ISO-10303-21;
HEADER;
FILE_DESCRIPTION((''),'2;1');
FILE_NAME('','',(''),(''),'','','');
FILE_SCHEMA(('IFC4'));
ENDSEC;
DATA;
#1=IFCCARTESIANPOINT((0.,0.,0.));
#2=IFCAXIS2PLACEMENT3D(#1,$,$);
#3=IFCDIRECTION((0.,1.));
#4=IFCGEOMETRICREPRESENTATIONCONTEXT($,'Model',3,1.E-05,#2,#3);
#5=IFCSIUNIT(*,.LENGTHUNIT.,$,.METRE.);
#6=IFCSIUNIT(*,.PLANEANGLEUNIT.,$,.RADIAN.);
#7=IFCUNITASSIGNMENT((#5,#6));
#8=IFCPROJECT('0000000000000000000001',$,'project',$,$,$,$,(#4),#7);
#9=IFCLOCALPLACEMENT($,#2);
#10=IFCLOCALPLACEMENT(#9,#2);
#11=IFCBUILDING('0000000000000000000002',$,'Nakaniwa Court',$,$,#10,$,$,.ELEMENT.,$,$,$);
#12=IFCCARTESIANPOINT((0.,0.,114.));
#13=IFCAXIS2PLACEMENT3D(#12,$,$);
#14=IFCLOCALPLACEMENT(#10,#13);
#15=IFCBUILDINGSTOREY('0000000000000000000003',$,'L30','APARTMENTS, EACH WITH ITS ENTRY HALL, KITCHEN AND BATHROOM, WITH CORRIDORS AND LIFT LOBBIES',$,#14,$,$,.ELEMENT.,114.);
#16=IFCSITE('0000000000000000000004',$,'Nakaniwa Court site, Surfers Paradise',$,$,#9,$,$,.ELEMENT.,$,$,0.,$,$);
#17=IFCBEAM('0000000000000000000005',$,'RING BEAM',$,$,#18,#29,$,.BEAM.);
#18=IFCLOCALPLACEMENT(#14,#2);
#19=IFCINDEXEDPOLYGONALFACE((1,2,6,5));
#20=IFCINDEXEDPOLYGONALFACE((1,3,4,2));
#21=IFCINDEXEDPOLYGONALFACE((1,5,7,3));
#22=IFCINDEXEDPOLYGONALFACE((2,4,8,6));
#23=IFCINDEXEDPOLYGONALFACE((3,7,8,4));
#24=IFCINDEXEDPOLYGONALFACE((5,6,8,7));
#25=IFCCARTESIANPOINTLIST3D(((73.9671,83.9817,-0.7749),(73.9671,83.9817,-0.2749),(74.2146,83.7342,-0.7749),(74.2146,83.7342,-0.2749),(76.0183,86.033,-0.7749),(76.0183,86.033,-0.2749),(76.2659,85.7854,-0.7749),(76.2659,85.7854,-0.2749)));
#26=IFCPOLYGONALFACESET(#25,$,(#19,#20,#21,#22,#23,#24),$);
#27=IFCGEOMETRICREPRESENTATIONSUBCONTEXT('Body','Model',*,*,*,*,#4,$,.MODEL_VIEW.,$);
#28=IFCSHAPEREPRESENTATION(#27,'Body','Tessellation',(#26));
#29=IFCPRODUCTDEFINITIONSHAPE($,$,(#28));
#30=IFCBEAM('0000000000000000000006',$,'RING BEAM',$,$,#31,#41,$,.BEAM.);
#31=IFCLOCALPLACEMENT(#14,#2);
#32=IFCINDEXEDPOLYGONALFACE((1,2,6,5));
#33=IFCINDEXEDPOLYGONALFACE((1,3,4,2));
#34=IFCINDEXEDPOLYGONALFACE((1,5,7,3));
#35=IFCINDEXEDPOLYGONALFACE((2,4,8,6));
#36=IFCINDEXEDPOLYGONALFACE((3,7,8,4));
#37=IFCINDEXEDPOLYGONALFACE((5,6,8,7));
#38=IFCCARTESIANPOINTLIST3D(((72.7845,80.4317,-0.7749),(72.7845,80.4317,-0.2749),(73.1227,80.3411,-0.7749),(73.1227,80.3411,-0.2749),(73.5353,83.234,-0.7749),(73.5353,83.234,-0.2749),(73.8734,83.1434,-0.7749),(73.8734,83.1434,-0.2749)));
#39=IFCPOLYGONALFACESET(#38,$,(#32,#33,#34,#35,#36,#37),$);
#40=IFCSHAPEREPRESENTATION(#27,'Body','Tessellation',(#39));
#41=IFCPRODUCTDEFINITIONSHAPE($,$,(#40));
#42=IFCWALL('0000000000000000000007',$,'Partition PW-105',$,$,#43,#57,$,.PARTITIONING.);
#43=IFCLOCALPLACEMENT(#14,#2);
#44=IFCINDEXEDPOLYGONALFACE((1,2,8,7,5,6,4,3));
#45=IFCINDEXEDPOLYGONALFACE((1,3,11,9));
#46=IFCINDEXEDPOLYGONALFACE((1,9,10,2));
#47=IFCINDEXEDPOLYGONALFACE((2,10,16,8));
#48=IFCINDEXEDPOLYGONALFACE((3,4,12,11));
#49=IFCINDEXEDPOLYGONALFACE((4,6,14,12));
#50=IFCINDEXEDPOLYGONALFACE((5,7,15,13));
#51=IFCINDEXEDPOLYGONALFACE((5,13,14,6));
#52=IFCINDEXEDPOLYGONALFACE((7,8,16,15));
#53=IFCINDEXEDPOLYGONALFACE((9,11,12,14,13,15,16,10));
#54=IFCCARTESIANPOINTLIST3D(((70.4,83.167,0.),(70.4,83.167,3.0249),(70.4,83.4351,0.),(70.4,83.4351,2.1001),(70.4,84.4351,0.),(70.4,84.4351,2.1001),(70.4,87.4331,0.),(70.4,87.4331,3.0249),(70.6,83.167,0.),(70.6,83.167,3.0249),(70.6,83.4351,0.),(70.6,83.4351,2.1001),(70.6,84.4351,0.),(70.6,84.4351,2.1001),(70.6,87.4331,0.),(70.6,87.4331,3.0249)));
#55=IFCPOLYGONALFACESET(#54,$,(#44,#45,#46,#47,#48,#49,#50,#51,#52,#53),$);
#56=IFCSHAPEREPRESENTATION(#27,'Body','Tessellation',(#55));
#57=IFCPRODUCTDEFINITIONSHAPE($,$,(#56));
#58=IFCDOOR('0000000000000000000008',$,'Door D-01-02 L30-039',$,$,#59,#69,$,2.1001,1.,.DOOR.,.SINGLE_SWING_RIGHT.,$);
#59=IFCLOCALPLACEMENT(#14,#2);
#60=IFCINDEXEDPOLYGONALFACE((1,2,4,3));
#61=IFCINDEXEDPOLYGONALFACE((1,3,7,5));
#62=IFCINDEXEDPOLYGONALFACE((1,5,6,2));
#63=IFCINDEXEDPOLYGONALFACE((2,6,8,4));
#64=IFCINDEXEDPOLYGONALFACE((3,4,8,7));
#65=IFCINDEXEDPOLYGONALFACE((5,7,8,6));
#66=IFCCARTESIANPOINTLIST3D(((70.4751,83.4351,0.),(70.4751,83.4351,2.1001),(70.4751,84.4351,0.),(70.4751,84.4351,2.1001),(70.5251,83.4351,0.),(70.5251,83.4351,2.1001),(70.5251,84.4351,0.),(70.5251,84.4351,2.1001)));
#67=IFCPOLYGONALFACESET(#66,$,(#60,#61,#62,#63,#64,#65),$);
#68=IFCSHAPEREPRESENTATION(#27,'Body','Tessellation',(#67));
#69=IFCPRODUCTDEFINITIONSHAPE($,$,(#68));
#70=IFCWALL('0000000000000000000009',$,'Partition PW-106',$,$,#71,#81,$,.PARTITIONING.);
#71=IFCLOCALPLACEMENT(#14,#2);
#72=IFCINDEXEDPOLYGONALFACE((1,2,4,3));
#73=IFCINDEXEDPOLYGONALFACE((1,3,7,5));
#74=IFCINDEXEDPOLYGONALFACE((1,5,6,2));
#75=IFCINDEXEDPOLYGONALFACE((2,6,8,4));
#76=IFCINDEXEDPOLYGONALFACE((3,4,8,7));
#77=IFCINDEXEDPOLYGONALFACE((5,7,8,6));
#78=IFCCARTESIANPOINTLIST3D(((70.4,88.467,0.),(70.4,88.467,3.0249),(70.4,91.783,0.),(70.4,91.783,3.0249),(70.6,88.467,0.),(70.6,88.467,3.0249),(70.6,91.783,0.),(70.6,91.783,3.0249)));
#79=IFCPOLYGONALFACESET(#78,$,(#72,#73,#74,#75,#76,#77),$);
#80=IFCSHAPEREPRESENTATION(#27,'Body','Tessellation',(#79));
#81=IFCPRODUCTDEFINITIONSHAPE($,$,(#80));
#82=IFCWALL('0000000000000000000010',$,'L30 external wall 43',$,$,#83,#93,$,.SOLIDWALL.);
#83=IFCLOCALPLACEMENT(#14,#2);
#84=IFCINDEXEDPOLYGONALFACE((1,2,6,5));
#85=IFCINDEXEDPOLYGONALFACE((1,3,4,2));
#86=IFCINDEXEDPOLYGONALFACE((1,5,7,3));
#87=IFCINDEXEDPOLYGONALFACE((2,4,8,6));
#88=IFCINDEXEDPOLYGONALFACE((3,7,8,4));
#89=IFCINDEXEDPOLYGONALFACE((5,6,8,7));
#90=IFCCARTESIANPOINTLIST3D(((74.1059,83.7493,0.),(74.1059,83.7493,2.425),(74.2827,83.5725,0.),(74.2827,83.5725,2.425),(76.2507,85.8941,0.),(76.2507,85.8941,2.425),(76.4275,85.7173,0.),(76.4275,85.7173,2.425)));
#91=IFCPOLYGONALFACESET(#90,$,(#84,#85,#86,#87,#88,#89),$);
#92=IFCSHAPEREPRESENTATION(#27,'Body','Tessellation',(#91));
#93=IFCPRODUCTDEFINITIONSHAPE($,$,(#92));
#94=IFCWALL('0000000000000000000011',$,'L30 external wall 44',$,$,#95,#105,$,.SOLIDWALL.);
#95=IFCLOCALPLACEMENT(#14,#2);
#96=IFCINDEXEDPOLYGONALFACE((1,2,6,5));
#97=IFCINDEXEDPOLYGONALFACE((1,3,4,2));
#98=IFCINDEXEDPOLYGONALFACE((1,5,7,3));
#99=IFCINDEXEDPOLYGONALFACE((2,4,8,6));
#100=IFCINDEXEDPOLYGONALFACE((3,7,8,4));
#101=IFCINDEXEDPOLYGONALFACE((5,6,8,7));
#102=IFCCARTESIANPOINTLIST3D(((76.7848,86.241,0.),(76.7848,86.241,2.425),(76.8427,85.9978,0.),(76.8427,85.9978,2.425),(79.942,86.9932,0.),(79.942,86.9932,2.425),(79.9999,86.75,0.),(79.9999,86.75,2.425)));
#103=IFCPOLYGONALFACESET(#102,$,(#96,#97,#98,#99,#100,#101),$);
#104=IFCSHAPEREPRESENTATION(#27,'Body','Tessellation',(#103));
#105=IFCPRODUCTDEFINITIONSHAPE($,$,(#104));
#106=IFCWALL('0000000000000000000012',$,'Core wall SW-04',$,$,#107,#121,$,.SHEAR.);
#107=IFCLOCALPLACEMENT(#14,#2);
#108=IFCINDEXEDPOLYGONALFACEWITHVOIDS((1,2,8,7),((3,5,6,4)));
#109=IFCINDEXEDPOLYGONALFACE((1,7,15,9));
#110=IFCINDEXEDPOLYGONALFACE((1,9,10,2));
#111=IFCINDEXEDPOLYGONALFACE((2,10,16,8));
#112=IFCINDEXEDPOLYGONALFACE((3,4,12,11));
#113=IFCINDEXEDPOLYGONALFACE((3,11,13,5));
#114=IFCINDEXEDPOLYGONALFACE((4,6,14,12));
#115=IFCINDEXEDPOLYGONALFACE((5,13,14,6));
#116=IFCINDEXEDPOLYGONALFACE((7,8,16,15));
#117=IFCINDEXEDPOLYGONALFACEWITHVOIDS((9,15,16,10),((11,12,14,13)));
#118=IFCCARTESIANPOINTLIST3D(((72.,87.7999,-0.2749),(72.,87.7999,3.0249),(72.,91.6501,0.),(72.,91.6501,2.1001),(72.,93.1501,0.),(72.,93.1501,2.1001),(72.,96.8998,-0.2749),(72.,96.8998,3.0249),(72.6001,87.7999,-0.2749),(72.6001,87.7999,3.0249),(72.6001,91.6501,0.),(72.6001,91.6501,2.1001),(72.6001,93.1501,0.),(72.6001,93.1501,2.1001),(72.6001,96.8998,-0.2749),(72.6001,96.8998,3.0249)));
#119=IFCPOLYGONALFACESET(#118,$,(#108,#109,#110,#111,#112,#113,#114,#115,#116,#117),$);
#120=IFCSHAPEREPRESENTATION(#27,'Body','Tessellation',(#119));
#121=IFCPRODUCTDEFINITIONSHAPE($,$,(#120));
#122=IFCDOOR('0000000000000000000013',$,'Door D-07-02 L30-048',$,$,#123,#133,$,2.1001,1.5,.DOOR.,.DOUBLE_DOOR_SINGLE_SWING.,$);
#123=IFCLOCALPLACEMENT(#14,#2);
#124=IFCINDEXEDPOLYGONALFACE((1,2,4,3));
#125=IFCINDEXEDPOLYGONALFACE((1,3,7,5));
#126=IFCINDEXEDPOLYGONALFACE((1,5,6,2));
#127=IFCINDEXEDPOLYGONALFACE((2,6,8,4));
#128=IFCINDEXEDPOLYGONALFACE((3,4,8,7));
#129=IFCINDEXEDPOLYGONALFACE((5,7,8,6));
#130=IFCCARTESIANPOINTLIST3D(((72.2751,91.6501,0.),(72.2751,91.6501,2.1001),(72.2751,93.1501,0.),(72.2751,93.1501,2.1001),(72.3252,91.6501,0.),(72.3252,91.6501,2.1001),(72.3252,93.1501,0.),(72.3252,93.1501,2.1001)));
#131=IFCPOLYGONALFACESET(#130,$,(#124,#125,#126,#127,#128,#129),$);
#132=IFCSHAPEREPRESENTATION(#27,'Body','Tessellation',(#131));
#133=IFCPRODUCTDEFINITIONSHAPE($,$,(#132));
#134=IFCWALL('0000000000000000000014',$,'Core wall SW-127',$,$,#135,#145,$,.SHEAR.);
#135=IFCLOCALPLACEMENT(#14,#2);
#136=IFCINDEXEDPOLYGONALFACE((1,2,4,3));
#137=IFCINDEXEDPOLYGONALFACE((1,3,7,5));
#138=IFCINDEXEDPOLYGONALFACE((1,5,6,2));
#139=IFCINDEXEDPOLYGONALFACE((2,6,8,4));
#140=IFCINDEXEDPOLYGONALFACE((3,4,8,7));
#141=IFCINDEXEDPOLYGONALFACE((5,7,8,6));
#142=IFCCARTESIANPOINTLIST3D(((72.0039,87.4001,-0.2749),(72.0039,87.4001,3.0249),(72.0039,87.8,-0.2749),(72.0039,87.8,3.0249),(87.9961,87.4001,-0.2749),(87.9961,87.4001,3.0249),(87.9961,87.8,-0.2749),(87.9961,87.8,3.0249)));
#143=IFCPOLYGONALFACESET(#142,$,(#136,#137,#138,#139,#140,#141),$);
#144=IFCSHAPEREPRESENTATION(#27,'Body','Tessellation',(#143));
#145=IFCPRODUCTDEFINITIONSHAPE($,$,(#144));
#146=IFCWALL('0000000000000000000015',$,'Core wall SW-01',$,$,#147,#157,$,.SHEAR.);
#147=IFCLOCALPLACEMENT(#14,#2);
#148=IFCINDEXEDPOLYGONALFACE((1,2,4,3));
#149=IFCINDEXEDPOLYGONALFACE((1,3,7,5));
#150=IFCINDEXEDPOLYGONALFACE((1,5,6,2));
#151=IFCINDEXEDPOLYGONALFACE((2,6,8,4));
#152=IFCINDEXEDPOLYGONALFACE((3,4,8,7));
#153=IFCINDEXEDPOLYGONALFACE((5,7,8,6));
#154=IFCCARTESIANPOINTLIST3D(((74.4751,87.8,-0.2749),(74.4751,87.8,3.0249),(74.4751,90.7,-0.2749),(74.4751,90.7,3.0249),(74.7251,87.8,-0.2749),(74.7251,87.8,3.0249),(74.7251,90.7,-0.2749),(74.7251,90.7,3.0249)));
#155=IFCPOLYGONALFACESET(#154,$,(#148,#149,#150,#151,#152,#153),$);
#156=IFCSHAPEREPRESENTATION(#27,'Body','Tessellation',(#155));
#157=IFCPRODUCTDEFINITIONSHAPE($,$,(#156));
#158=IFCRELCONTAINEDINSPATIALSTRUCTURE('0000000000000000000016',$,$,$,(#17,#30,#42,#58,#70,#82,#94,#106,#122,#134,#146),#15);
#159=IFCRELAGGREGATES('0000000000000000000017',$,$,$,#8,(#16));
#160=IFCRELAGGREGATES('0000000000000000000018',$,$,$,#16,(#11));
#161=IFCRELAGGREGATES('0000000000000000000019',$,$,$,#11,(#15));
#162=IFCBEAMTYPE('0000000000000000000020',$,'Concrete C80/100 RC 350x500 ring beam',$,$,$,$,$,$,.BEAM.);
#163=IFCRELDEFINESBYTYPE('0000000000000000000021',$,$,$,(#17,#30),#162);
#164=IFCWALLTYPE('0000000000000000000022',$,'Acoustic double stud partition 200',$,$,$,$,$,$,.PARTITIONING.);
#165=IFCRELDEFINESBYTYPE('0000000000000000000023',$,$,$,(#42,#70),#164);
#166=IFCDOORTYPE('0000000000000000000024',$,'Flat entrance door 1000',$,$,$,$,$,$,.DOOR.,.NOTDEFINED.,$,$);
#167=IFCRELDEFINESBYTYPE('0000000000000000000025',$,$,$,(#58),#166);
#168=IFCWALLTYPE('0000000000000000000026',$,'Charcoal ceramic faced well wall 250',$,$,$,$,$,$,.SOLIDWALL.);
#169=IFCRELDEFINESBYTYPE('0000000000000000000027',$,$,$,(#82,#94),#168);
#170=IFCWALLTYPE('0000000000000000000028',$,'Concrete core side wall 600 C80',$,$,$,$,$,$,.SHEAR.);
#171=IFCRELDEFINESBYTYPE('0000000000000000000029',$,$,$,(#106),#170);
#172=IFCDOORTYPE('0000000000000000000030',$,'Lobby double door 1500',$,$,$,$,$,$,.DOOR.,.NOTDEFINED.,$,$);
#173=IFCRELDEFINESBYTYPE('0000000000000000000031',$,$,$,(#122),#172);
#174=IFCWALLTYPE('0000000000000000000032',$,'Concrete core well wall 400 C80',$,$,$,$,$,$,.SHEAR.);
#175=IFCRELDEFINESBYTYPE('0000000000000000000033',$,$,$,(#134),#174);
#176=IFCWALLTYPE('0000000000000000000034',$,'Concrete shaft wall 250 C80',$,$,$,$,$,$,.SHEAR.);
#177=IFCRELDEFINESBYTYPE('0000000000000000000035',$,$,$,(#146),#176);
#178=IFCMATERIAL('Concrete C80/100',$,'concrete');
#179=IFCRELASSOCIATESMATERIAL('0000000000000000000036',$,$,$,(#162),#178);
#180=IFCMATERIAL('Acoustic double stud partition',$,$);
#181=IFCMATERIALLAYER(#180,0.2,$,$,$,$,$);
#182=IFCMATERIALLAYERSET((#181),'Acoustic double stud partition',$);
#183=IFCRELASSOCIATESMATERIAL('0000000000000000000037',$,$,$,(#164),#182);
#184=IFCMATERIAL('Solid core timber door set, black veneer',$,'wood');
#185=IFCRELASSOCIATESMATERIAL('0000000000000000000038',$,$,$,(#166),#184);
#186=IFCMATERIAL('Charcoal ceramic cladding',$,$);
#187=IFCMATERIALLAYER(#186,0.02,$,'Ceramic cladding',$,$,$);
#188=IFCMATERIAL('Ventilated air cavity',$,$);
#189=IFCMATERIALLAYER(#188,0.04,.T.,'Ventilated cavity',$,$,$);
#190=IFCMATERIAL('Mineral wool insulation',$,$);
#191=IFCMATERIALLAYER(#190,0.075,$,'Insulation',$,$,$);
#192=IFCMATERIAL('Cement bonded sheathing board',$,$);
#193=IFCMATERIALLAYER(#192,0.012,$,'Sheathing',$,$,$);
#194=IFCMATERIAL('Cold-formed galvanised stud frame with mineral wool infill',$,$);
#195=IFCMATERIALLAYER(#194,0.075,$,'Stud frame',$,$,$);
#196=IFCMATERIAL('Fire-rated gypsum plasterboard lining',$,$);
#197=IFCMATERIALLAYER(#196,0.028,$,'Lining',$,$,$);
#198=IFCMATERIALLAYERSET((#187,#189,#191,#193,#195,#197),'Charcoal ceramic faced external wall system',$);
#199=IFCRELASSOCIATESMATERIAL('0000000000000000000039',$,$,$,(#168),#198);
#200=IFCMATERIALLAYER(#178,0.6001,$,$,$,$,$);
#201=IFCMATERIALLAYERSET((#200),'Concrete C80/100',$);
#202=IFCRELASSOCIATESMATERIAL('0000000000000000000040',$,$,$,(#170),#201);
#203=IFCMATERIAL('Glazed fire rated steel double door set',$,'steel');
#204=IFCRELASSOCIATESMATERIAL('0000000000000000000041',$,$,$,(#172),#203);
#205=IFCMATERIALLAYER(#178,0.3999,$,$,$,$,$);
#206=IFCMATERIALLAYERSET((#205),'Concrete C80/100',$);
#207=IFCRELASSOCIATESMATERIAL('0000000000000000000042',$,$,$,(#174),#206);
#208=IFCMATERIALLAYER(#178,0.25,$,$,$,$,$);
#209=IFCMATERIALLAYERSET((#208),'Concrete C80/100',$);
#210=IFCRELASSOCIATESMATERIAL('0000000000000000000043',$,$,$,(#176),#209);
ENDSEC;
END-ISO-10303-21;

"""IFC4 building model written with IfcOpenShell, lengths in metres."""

from ifc_helpers import new_model, si_unit, direction, frame, frame_2d, origin, origin_2d, place, context, subcontext, project, spatial, rectangle, extrude, material, layer, layer_set, material_profile, profile_set, type_object, element, fill, save


model = new_model("IFC4")

# Units and contexts
model_context = context("Model", 3, precision=1e-05, world=origin(), true_north=direction((0.0, 1.0)))
body_context = subcontext(model_context, "Body", "Model", "MODEL_VIEW")
ifc_project = project(units=[si_unit("LENGTHUNIT", "METRE"), si_unit("PLANEANGLEUNIT", "RADIAN")], contexts=[model_context])

# Site, building, storey
site_placement = place(None, origin())
site = spatial("IfcSite", under=ifc_project, at=site_placement, Name="Nakaniwa Court site, Surfers Paradise", CompositionType="ELEMENT", RefElevation=0.0)
building_placement = place(site_placement, origin())
building = spatial("IfcBuilding", under=site, at=building_placement, Name="Nakaniwa Court", CompositionType="ELEMENT")
storey_placement = place(building_placement, frame((0.0, 0.0, 114.0)))
storey = spatial("IfcBuildingStorey", under=building, at=storey_placement, Name="L30", Description="APARTMENTS, EACH WITH ITS ENTRY HALL, KITCHEN AND BATHROOM, WITH CORRIDORS AND LIFT LOBBIES", CompositionType="ELEMENT", Elevation=114.0)

# Shared definitions
ifc_material_1 = material(Name="Concrete C80/100", Category="concrete")

# Beams
ifc_material_profile_1 = material_profile(ifc_material_1, rectangle(XDim=0.3501, YDim=0.5, at=origin_2d()), Name="Concrete C80/100 RC 350x500 ring beam")
ifc_profile_set_1 = profile_set([ifc_material_profile_1], Name="Concrete C80/100")
beam_type = type_object("IfcBeamType", Name="Concrete C80/100 RC 350x500 ring beam", PredefinedType="BEAM", material=ifc_profile_set_1)
beam_1_placement = place(storey_placement, frame((76.1421, 85.9092, -0.5249), z_axis=(-0.707107, -0.707107, 0.0), x_axis=(0.707107, -0.707107, 0.0)))
element("IfcBeam", 1, at=beam_1_placement, inside=storey, type_object=beam_type, Name="RING BEAM", PredefinedType="BEAM", context=body_context, shape_type="SweptSolid", body=[
    extrude(rectangle(XDim=0.3501, YDim=0.5, at=origin_2d()), origin(), (0.0, 0.0, 1.0), 2.9009),
])
beam_2_placement = place(storey_placement, frame((73.7043, 83.1887, -0.5249), z_axis=(-0.258778, -0.965937, 0.0), x_axis=(0.965937, -0.258778, 0.0)))
element("IfcBeam", 2, at=beam_2_placement, inside=storey, type_object=beam_type, Name="RING BEAM", PredefinedType="BEAM", context=body_context, shape_type="SweptSolid", body=[
    extrude(rectangle(XDim=0.3501, YDim=0.5, at=origin_2d()), origin(), (0.0, 0.0, 1.0), 2.9011),
])

# Wall, opening, door
ifc_material_2 = material(Name="Acoustic double stud partition")
ifc_layer_1 = layer(ifc_material_2, 0.2)
ifc_layer_set_1 = layer_set([ifc_layer_1], Name="Acoustic double stud partition")
wall_type_1 = type_object("IfcWallType", Name="Acoustic double stud partition 200", PredefinedType="PARTITIONING", material=ifc_layer_set_1)
wall_1_placement = place(storey_placement, frame((70.5, 83.167, 0.0), z_axis=(0.0, 0.0, 1.0), x_axis=(0.0, 1.0, 0.0)))
wall_1 = element("IfcWall", 3, at=wall_1_placement, inside=storey, type_object=wall_type_1, Name="Partition PW-105", PredefinedType="PARTITIONING", context=body_context, shape_type="SweptSolid", body=[
    extrude(rectangle(XDim=4.2661, YDim=0.2, at=frame_2d((2.1331, 0.0))), origin(), (0.0, 0.0, 1.0), 3.0249),
])
opening_1_placement = place(wall_1_placement, frame((0.2681, 0.0, 0.0)))
opening_1 = element("IfcOpeningElement", 4, at=opening_1_placement, cuts=wall_1, PredefinedType="OPENING", context=body_context, shape_type="SweptSolid", body=[
    extrude(rectangle(XDim=1.0, YDim=2.1001, at=frame_2d((0.5, 1.05))), frame((0.0, 0.1099, 0.0), z_axis=(0.0, -1.0, 0.0), x_axis=(1.0, 0.0, 0.0)), (0.0, 0.0, 1.0), 0.22),
])
ifc_material_3 = material(Name="Solid core timber door set, black veneer", Category="wood")
door_type_1 = type_object("IfcDoorType", Name="Flat entrance door 1000", OperationType="NOTDEFINED", PredefinedType="DOOR", material=ifc_material_3)
door_1_placement = place(opening_1_placement, origin())
door_1 = element("IfcDoor", 5, at=door_1_placement, inside=storey, type_object=door_type_1, Name="Door D-01-02 L30-039", OperationType="SINGLE_SWING_RIGHT", OverallHeight=2.1001, OverallWidth=1.0, PredefinedType="DOOR", context=body_context, shape_type="SweptSolid", body=[
    extrude(rectangle(XDim=1.0, YDim=2.1001, at=frame_2d((0.5, 1.05))), frame((0.0, 0.0249, 0.0), z_axis=(0.0, -1.0, 0.0), x_axis=(1.0, 0.0, 0.0)), (0.0, 0.0, 1.0), 0.05),
])
fill(opening_1, door_1)

# Walls
wall_2_placement = place(storey_placement, frame((70.5, 88.467, 0.0), z_axis=(0.0, 0.0, 1.0), x_axis=(0.0, 1.0, 0.0)))
element("IfcWall", 6, at=wall_2_placement, inside=storey, type_object=wall_type_1, Name="Partition PW-106", PredefinedType="PARTITIONING", context=body_context, shape_type="SweptSolid", body=[
    extrude(rectangle(XDim=3.3159, YDim=0.2, at=frame_2d((1.658, 0.0))), origin(), (0.0, 0.0, 1.0), 3.0249),
])
ifc_material_4 = material(Name="Charcoal ceramic cladding")
ifc_layer_2 = layer(ifc_material_4, 0.02, Name="Ceramic cladding")
ifc_material_5 = material(Name="Ventilated air cavity")
ifc_layer_3 = layer(ifc_material_5, 0.04, ventilated=True, Name="Ventilated cavity")
ifc_material_6 = material(Name="Mineral wool insulation")
ifc_layer_4 = layer(ifc_material_6, 0.075, Name="Insulation")
ifc_material_7 = material(Name="Cement bonded sheathing board")
ifc_layer_5 = layer(ifc_material_7, 0.012, Name="Sheathing")
ifc_material_8 = material(Name="Cold-formed galvanised stud frame with mineral wool infill")
ifc_layer_6 = layer(ifc_material_8, 0.075, Name="Stud frame")
ifc_material_9 = material(Name="Fire-rated gypsum plasterboard lining")
ifc_layer_7 = layer(ifc_material_9, 0.028, Name="Lining")
ifc_layer_set_2 = layer_set([ifc_layer_2, ifc_layer_3, ifc_layer_4, ifc_layer_5, ifc_layer_6, ifc_layer_7], Name="Charcoal ceramic faced external wall system")
wall_type_2 = type_object("IfcWallType", Name="Charcoal ceramic faced well wall 250", PredefinedType="SOLIDWALL", material=ifc_layer_set_2)
wall_3_placement = place(storey_placement, frame((74.1943, 83.6609, 0.0), z_axis=(0.0, 0.0, 1.0), x_axis=(0.707107, 0.707107, 0.0)))
element("IfcWall", 7, at=wall_3_placement, inside=storey, type_object=wall_type_2, Name="L30 external wall 43", PredefinedType="SOLIDWALL", context=body_context, shape_type="SweptSolid", body=[
    extrude(rectangle(XDim=3.0332, YDim=0.25, at=frame_2d((1.5166, 0.0))), origin(), (0.0, 0.0, 1.0), 2.425),
])
wall_4_placement = place(storey_placement, frame((76.8137, 86.1194, 0.0), z_axis=(0.0, 0.0, 1.0), x_axis=(0.972773, 0.23176, 0.0)))
element("IfcWall", 8, at=wall_4_placement, inside=storey, type_object=wall_type_2, Name="L30 external wall 44", PredefinedType="SOLIDWALL", context=body_context, shape_type="SweptSolid", body=[
    extrude(rectangle(XDim=3.2456, YDim=0.25, at=frame_2d((1.6228, 0.0))), origin(), (0.0, 0.0, 1.0), 2.425),
])

# Wall, opening, door
ifc_layer_8 = layer(ifc_material_1, 0.6001)
ifc_layer_set_3 = layer_set([ifc_layer_8], Name="Concrete C80/100")
wall_type_3 = type_object("IfcWallType", Name="Concrete core side wall 600 C80", PredefinedType="SHEAR", material=ifc_layer_set_3)
wall_5_placement = place(storey_placement, frame((72.3, 87.8, -0.2749), z_axis=(0.0, 0.0, 1.0), x_axis=(0.0, 1.0, 0.0)))
wall_5 = element("IfcWall", 9, at=wall_5_placement, inside=storey, type_object=wall_type_3, Name="Core wall SW-04", PredefinedType="SHEAR", context=body_context, shape_type="SweptSolid", body=[
    extrude(rectangle(XDim=9.0999, YDim=0.6001, at=frame_2d((4.5498, 0.0))), origin(), (0.0, 0.0, 1.0), 3.2998),
])
opening_2_placement = place(wall_5_placement, frame((3.8501, 0.0, 0.2749)))
opening_2 = element("IfcOpeningElement", 10, at=opening_2_placement, cuts=wall_5, PredefinedType="OPENING", context=body_context, shape_type="SweptSolid", body=[
    extrude(rectangle(XDim=1.5, YDim=2.1001, at=frame_2d((0.75, 1.05))), frame((0.0, 0.3101, 0.0), z_axis=(0.0, -1.0, 0.0), x_axis=(1.0, 0.0, 0.0)), (0.0, 0.0, 1.0), 0.6201),
])
ifc_material_10 = material(Name="Glazed fire rated steel double door set", Category="steel")
door_type_2 = type_object("IfcDoorType", Name="Lobby double door 1500", OperationType="NOTDEFINED", PredefinedType="DOOR", material=ifc_material_10)
door_2_placement = place(opening_2_placement, origin())
door_2 = element("IfcDoor", 11, at=door_2_placement, inside=storey, type_object=door_type_2, Name="Door D-07-02 L30-048", OperationType="DOUBLE_DOOR_SINGLE_SWING", OverallHeight=2.1001, OverallWidth=1.5, PredefinedType="DOOR", context=body_context, shape_type="SweptSolid", body=[
    extrude(rectangle(XDim=1.5, YDim=2.1001, at=frame_2d((0.75, 1.05))), frame((0.0, 0.0249, 0.0), z_axis=(0.0, -1.0, 0.0), x_axis=(1.0, 0.0, 0.0)), (0.0, 0.0, 1.0), 0.05),
])
fill(opening_2, door_2)

# Walls
ifc_layer_9 = layer(ifc_material_1, 0.3999)
ifc_layer_set_4 = layer_set([ifc_layer_9], Name="Concrete C80/100")
wall_type_4 = type_object("IfcWallType", Name="Concrete core well wall 400 C80", PredefinedType="SHEAR", material=ifc_layer_set_4)
wall_6_placement = place(storey_placement, frame((72.0039, 87.6001, -0.2749), z_axis=(0.0, 0.0, 1.0), x_axis=(1.0, 0.0, 0.0)))
element("IfcWall", 12, at=wall_6_placement, inside=storey, type_object=wall_type_4, Name="Core wall SW-127", PredefinedType="SHEAR", context=body_context, shape_type="SweptSolid", body=[
    extrude(rectangle(XDim=15.9922, YDim=0.3999, at=frame_2d((7.9961, 0.0))), origin(), (0.0, 0.0, 1.0), 3.2998),
])
ifc_layer_10 = layer(ifc_material_1, 0.25)
ifc_layer_set_5 = layer_set([ifc_layer_10], Name="Concrete C80/100")
wall_type_5 = type_object("IfcWallType", Name="Concrete shaft wall 250 C80", PredefinedType="SHEAR", material=ifc_layer_set_5)
wall_7_placement = place(storey_placement, frame((74.6001, 87.8, -0.2749), z_axis=(0.0, 0.0, 1.0), x_axis=(0.0, 1.0, 0.0)))
element("IfcWall", 13, at=wall_7_placement, inside=storey, type_object=wall_type_5, Name="Core wall SW-01", PredefinedType="SHEAR", context=body_context, shape_type="SweptSolid", body=[
    extrude(rectangle(XDim=2.8999, YDim=0.25, at=frame_2d((1.45, 0.0))), origin(), (0.0, 0.0, 1.0), 3.2998),
])

save(model, "model.ifc")
